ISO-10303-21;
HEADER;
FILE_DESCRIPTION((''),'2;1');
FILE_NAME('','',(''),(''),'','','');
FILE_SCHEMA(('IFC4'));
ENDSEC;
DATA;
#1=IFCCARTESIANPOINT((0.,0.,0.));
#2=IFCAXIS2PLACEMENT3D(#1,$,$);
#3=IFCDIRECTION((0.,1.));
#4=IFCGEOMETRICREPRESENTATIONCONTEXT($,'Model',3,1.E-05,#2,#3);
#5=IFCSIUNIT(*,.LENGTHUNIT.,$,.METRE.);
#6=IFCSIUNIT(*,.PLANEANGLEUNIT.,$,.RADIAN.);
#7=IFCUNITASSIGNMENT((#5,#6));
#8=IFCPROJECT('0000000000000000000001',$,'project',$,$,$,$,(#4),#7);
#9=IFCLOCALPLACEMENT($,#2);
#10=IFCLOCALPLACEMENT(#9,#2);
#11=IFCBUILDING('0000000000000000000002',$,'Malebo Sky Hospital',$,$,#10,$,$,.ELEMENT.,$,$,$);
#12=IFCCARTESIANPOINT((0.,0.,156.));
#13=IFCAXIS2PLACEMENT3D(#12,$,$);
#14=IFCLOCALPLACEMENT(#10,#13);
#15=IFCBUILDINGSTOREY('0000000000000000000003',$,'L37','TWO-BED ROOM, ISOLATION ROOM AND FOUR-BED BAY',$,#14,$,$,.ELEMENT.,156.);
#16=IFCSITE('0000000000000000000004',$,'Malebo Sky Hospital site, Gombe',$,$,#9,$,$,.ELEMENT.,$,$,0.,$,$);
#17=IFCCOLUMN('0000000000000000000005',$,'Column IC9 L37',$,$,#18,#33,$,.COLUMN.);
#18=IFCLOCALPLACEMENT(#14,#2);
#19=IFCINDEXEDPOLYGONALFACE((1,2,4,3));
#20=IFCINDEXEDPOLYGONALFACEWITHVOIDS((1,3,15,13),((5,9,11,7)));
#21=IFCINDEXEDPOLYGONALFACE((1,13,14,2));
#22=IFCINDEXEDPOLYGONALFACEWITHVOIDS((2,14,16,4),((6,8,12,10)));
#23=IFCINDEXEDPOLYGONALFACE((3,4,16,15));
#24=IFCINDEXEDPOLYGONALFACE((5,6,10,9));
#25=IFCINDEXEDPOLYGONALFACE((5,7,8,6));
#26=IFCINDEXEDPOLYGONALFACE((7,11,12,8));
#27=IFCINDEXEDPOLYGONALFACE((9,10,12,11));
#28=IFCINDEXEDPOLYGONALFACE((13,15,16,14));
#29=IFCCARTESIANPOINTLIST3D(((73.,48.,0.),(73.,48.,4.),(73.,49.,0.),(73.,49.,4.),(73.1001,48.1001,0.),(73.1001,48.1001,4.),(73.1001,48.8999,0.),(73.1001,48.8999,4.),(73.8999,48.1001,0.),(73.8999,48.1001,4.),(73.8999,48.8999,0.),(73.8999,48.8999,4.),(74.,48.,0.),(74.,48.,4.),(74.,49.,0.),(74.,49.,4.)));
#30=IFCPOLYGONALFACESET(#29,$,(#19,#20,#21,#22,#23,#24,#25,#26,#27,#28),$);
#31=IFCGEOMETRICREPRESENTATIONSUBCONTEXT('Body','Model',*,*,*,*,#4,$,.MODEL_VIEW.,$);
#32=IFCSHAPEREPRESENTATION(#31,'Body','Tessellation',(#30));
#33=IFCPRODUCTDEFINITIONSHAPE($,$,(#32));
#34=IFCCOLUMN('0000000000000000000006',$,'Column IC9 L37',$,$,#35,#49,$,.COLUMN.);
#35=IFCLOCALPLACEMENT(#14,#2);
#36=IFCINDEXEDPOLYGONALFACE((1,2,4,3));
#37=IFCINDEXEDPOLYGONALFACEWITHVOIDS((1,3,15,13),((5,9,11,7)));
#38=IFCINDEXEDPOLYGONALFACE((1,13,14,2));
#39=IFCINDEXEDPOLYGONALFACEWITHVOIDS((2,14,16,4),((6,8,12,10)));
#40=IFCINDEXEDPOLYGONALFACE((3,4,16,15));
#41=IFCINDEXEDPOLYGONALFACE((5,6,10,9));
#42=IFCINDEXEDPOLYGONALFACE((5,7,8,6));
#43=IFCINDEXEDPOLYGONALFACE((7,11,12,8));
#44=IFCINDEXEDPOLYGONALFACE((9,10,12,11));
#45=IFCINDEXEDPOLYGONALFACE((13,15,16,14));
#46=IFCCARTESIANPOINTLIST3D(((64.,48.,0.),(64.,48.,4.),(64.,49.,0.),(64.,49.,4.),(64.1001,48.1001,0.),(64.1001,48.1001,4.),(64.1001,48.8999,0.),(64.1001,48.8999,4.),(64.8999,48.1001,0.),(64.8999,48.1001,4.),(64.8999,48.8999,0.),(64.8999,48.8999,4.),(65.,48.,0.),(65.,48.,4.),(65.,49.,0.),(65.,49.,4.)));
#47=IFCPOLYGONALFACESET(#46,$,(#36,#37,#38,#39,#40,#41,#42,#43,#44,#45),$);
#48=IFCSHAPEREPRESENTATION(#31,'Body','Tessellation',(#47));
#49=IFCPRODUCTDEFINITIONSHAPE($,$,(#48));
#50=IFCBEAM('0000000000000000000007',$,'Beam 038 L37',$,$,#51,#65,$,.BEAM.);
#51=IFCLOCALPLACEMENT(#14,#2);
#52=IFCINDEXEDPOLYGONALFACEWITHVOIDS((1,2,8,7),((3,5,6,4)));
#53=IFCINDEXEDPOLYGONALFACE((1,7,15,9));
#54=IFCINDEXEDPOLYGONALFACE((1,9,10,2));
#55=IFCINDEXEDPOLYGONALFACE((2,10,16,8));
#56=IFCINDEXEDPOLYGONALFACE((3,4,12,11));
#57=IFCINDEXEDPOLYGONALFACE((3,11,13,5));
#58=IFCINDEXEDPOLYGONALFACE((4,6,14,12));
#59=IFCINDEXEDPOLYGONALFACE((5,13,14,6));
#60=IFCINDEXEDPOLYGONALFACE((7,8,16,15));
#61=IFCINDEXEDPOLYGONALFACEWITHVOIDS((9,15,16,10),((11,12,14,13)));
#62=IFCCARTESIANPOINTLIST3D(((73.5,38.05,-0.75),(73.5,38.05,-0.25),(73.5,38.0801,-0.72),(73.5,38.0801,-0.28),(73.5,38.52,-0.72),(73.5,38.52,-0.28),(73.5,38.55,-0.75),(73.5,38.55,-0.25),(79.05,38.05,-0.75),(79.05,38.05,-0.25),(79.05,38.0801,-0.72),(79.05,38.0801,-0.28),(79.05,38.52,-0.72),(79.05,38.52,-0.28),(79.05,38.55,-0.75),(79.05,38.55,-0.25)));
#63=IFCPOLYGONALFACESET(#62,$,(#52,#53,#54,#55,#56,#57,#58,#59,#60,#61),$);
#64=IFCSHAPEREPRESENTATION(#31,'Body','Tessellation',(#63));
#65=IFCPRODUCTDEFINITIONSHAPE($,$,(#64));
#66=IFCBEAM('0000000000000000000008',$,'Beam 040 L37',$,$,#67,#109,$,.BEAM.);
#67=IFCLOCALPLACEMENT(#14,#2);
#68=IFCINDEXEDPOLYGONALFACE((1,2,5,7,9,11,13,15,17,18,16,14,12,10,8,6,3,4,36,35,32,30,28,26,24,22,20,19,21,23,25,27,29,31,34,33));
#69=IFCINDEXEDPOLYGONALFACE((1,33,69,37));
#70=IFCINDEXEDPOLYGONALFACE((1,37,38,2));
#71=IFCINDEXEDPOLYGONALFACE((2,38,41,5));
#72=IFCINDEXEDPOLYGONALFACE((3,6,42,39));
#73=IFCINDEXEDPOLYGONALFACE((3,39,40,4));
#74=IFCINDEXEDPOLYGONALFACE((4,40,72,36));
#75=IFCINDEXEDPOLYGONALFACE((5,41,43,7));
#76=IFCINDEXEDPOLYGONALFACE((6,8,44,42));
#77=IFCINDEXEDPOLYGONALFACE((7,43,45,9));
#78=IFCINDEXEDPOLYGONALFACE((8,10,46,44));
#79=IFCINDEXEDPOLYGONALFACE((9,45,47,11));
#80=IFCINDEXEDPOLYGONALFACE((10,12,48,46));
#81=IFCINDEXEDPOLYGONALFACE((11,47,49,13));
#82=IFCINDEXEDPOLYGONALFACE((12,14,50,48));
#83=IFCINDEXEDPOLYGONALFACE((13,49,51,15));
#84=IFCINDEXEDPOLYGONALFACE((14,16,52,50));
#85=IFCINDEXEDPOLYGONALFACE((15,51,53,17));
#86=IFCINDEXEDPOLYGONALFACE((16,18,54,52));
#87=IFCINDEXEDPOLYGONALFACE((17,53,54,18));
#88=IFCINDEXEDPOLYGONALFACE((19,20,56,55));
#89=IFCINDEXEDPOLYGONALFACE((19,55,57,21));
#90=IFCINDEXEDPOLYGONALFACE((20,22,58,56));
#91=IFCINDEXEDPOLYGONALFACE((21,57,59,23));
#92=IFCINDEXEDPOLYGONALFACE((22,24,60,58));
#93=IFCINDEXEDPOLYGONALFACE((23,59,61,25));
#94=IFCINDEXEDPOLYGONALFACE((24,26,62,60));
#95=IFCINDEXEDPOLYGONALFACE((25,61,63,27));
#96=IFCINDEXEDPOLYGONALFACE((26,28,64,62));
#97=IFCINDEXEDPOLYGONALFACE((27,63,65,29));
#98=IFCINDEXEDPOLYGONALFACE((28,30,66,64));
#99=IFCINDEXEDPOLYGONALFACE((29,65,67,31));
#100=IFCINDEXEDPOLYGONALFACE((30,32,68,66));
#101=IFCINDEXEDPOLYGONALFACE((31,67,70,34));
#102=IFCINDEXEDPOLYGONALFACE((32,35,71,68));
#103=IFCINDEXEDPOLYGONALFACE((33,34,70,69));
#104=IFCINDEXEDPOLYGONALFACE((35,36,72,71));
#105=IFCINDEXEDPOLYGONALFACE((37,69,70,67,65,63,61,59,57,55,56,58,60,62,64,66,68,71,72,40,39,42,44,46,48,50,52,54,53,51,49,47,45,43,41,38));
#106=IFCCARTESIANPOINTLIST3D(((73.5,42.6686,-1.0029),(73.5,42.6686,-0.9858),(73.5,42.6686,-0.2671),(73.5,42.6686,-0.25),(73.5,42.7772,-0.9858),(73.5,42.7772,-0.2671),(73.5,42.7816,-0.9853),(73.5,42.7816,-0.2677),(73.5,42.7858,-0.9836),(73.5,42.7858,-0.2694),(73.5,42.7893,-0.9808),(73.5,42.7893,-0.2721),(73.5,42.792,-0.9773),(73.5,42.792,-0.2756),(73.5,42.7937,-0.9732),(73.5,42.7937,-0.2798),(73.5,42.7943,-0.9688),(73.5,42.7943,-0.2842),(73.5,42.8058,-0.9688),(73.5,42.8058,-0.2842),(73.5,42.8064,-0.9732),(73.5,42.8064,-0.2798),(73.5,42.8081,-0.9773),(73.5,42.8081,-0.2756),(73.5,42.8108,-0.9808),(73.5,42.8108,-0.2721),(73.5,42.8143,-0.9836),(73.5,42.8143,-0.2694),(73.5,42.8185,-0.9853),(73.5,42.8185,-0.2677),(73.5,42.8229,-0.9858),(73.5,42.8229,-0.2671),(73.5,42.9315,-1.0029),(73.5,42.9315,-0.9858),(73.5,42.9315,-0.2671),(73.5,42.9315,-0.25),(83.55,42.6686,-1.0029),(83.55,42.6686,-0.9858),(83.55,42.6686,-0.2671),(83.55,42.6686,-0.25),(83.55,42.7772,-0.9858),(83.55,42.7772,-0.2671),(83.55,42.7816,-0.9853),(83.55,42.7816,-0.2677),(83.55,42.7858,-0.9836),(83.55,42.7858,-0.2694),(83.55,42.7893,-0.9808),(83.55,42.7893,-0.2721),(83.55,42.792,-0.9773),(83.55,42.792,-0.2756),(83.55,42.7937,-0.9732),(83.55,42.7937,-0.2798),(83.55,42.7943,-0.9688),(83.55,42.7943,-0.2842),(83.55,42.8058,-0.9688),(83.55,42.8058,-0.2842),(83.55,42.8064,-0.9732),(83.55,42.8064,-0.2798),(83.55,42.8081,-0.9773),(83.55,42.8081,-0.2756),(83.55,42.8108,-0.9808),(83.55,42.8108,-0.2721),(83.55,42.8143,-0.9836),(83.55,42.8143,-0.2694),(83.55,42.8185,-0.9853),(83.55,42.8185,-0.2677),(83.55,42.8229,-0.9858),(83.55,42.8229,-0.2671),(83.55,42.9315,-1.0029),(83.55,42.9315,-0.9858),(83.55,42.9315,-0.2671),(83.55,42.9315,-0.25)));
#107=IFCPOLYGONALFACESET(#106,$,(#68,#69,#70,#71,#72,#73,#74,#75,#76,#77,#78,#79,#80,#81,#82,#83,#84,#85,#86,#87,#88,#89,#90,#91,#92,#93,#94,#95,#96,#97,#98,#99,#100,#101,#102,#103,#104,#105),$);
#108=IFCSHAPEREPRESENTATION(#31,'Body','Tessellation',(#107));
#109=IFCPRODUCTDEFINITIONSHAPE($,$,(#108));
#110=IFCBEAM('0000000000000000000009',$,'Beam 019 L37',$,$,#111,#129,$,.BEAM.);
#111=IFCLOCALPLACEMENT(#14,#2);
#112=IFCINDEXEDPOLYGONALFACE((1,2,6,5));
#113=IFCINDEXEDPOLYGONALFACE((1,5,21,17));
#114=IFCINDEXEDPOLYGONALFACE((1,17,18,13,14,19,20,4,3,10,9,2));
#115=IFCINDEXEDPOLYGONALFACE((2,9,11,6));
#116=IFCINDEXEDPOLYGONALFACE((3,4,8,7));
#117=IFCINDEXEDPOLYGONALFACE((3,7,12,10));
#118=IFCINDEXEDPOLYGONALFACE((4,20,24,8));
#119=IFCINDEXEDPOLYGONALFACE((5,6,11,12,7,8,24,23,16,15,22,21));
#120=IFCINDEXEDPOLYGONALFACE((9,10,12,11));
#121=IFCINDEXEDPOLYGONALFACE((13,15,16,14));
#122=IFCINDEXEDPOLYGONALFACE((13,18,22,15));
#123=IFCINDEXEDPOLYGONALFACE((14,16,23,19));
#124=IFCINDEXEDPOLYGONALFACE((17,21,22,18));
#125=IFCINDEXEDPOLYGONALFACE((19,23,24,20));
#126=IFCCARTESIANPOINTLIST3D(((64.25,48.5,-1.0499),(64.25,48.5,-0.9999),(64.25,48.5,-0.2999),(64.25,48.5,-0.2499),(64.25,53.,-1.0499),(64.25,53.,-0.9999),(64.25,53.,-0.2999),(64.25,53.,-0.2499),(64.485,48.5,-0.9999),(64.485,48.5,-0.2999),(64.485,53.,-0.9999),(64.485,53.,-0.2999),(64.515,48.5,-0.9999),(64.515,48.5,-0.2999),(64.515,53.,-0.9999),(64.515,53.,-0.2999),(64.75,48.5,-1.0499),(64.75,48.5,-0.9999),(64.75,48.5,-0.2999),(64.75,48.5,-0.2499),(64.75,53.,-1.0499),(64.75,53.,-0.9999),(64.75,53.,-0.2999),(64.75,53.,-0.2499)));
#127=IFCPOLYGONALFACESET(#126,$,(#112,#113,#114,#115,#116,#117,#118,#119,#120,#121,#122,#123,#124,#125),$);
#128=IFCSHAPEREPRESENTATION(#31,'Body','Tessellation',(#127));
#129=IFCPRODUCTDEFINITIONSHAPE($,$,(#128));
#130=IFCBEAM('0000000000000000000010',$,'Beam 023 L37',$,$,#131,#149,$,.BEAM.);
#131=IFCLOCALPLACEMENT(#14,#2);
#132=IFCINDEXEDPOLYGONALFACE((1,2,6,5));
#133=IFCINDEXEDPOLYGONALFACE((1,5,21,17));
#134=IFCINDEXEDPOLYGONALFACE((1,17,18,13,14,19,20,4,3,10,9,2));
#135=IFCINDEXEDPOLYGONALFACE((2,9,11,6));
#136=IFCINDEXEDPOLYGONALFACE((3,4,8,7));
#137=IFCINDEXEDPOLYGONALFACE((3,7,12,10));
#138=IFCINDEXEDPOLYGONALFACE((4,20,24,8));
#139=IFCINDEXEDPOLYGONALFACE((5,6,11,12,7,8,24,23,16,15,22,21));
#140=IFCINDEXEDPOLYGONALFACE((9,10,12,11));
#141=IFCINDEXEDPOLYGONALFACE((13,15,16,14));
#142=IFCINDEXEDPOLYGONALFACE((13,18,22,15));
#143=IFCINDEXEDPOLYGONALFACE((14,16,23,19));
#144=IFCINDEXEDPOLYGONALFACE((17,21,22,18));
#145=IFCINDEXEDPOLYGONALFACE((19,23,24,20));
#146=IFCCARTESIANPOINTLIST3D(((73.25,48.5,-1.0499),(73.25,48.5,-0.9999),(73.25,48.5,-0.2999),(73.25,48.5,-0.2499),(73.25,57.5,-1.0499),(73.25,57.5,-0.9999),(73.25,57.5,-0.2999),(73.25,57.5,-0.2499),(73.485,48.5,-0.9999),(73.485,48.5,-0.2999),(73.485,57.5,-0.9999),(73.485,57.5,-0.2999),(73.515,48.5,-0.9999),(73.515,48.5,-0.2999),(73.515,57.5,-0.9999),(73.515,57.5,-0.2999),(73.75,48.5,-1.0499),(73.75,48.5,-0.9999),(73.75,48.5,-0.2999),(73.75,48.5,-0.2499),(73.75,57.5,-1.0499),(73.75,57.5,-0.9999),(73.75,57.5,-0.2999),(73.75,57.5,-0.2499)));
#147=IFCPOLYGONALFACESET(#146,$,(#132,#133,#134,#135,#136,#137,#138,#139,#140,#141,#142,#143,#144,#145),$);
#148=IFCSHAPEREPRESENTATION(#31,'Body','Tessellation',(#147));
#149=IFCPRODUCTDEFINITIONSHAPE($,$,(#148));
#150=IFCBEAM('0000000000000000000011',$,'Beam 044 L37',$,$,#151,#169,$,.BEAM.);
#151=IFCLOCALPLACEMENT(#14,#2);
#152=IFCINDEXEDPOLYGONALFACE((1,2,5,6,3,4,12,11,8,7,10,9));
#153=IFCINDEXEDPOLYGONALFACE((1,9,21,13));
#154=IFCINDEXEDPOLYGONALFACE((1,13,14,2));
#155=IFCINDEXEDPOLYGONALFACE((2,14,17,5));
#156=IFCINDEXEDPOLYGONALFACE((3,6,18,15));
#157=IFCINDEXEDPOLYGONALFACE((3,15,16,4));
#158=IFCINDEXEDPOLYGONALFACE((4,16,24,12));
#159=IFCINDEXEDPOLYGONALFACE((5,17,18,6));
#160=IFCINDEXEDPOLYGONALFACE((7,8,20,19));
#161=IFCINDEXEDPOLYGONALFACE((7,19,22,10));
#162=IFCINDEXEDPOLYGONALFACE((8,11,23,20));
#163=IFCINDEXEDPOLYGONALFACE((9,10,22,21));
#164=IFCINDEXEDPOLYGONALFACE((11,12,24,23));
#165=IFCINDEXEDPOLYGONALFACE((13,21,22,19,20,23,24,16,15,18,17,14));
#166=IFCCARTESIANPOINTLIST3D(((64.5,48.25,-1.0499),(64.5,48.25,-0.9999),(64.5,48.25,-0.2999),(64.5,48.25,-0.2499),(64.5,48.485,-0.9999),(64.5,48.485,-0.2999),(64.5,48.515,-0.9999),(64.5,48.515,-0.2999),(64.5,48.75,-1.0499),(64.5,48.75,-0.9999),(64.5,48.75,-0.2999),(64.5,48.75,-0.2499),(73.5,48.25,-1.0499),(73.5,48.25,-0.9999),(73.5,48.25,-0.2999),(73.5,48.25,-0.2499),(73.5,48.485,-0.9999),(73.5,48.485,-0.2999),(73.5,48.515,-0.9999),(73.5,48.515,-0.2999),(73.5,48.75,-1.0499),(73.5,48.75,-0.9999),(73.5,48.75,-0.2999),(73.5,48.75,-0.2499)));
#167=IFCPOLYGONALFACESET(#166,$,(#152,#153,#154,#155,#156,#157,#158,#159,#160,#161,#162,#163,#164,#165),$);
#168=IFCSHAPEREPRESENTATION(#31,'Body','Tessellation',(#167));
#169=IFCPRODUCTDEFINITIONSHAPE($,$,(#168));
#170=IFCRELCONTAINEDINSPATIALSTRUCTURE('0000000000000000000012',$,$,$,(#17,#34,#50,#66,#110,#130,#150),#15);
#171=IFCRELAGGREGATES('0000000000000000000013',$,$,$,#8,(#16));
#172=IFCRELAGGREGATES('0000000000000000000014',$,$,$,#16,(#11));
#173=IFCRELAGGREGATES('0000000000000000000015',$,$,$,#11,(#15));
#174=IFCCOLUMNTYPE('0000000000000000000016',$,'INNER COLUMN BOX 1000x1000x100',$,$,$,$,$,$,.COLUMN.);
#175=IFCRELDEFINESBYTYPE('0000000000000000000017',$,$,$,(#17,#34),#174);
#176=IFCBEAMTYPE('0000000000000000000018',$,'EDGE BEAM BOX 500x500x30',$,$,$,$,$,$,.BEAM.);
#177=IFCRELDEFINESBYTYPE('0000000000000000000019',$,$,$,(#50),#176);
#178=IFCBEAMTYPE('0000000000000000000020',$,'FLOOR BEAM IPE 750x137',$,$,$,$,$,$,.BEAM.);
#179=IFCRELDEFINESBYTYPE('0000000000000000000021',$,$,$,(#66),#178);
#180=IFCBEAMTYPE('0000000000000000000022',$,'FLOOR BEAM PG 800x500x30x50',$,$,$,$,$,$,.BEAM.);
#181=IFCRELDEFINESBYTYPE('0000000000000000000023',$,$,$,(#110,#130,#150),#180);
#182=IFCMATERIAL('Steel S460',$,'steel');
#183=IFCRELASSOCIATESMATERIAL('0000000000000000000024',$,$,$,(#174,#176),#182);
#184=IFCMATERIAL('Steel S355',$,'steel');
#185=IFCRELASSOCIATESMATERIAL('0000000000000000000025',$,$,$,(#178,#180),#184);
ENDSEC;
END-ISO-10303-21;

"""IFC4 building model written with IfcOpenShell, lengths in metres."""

from ifc_helpers import new_model, si_unit, direction, frame, origin, origin_2d, place, context, subcontext, project, spatial, hollow_rectangle, i_section, extrude, material, material_profile, profile_set, type_object, element, save


model = new_model("IFC4")

# Units and contexts
model_context = context("Model", 3, precision=1e-05, world=origin(), true_north=direction((0.0, 1.0)))
body_context = subcontext(model_context, "Body", "Model", "MODEL_VIEW")
ifc_project = project(units=[si_unit("LENGTHUNIT", "METRE"), si_unit("PLANEANGLEUNIT", "RADIAN")], contexts=[model_context])

# Site, building, storey
site_placement = place(None, origin())
site = spatial("IfcSite", under=ifc_project, at=site_placement, Name="Malebo Sky Hospital site, Gombe", CompositionType="ELEMENT", RefElevation=0.0)
building_placement = place(site_placement, origin())
building = spatial("IfcBuilding", under=site, at=building_placement, Name="Malebo Sky Hospital", CompositionType="ELEMENT")
storey_placement = place(building_placement, frame((0.0, 0.0, 156.0)))
storey = spatial("IfcBuildingStorey", under=building, at=storey_placement, Name="L37", Description="TWO-BED ROOM, ISOLATION ROOM AND FOUR-BED BAY", CompositionType="ELEMENT", Elevation=156.0)

# Columns
ifc_material_1 = material(Name="Steel S460", Category="steel")
ifc_material_profile_1 = material_profile(ifc_material_1, hollow_rectangle(XDim=1.0, YDim=1.0, WallThickness=0.1001, at=origin_2d()), Name="BOX 1000x1000x100")
ifc_profile_set_1 = profile_set([ifc_material_profile_1], Name="Steel S460")
column_type = type_object("IfcColumnType", Name="INNER COLUMN BOX 1000x1000x100", PredefinedType="COLUMN", material=ifc_profile_set_1)
for number, where, z_axis, x_axis, name in (
    (1, (73.5, 48.5, 0.0), (0.0, 0.0, 1.0), (1.0, 0.0, 0.0), "Column IC9 L37"),
    (2, (64.5, 48.5, 0.0), (0.0, 0.0, 1.0), (1.0, 0.0, 0.0), "Column IC9 L37"),
):
    element("IfcColumn", number, at=place(storey_placement, frame(where, z_axis=z_axis, x_axis=x_axis)), inside=storey, type_object=column_type, Name=name, PredefinedType="COLUMN", context=body_context, shape_type="SweptSolid", body=[
        extrude(hollow_rectangle(XDim=1.0, YDim=1.0, WallThickness=0.1001, at=origin_2d()), origin(), (0.0, 0.0, 1.0), 4.0),
    ])

# Beams
ifc_material_profile_2 = material_profile(ifc_material_1, hollow_rectangle(XDim=0.5, YDim=0.5, WallThickness=0.03, at=origin_2d()), Name="BOX 500x500x30")
ifc_profile_set_2 = profile_set([ifc_material_profile_2], Name="Steel S460")
beam_type_1 = type_object("IfcBeamType", Name="EDGE BEAM BOX 500x500x30", PredefinedType="BEAM", material=ifc_profile_set_2)
beam_1_placement = place(storey_placement, frame((73.5, 38.3, -0.5), z_axis=(1.0, 0.0, 0.0), x_axis=(0.0, 1.0, 0.0)))
element("IfcBeam", 3, at=beam_1_placement, inside=storey, type_object=beam_type_1, Name="Beam 038 L37", PredefinedType="BEAM", context=body_context, shape_type="SweptSolid", body=[
    extrude(hollow_rectangle(XDim=0.5, YDim=0.5, WallThickness=0.03, at=origin_2d()), origin(), (0.0, 0.0, 1.0), 5.55),
])
ifc_material_2 = material(Name="Steel S355", Category="steel")
ifc_material_profile_3 = material_profile(ifc_material_2, i_section(OverallWidth=0.2629, OverallDepth=0.7529, WebThickness=0.0115, FlangeThickness=0.0171, FilletRadius=0.0171, at=origin_2d()), Name="IPE 750x137")
ifc_profile_set_3 = profile_set([ifc_material_profile_3], Name="Steel S355")
beam_type_2 = type_object("IfcBeamType", Name="FLOOR BEAM IPE 750x137", PredefinedType="BEAM", material=ifc_profile_set_3)
beam_2_placement = place(storey_placement, frame((73.5, 42.8, -0.6265), z_axis=(1.0, 0.0, 0.0), x_axis=(0.0, 1.0, 0.0)))
element("IfcBeam", 4, at=beam_2_placement, inside=storey, type_object=beam_type_2, Name="Beam 040 L37", PredefinedType="BEAM", context=body_context, shape_type="SweptSolid", body=[
    extrude(i_section(OverallWidth=0.2629, OverallDepth=0.7529, WebThickness=0.0115, FlangeThickness=0.0171, FilletRadius=0.0171, at=origin_2d()), origin(), (0.0, 0.0, 1.0), 10.05),
])
ifc_material_profile_4 = material_profile(ifc_material_2, i_section(OverallWidth=0.5, OverallDepth=0.8, WebThickness=0.03, FlangeThickness=0.05, at=origin_2d()), Name="PG 800x500x30x50")
ifc_profile_set_4 = profile_set([ifc_material_profile_4], Name="Steel S355")
beam_type_3 = type_object("IfcBeamType", Name="FLOOR BEAM PG 800x500x30x50", PredefinedType="BEAM", material=ifc_profile_set_4)
beam_3_placement = place(storey_placement, frame((64.5, 48.5, -0.6499), z_axis=(0.0, 1.0, 0.0), x_axis=(-1.0, 0.0, 0.0)))
element("IfcBeam", 5, at=beam_3_placement, inside=storey, type_object=beam_type_3, Name="Beam 019 L37", PredefinedType="BEAM", context=body_context, shape_type="SweptSolid", body=[
    extrude(i_section(OverallWidth=0.5, OverallDepth=0.8, WebThickness=0.03, FlangeThickness=0.05, at=origin_2d()), origin(), (0.0, 0.0, 1.0), 4.5),
])
for number, where, z_axis, x_axis, name in (
    (6, (73.5, 48.5, -0.6499), (0.0, 1.0, 0.0), (-1.0, 0.0, 0.0), "Beam 023 L37"),
    (7, (64.5, 48.5, -0.6499), (1.0, 0.0, 0.0), (0.0, 1.0, 0.0), "Beam 044 L37"),
):
    element("IfcBeam", number, at=place(storey_placement, frame(where, z_axis=z_axis, x_axis=x_axis)), inside=storey, type_object=beam_type_3, Name=name, PredefinedType="BEAM", context=body_context, shape_type="SweptSolid", body=[
        extrude(i_section(OverallWidth=0.5, OverallDepth=0.8, WebThickness=0.03, FlangeThickness=0.05, at=origin_2d()), origin(), (0.0, 0.0, 1.0), 9.0),
    ])

save(model, "model.ifc")
